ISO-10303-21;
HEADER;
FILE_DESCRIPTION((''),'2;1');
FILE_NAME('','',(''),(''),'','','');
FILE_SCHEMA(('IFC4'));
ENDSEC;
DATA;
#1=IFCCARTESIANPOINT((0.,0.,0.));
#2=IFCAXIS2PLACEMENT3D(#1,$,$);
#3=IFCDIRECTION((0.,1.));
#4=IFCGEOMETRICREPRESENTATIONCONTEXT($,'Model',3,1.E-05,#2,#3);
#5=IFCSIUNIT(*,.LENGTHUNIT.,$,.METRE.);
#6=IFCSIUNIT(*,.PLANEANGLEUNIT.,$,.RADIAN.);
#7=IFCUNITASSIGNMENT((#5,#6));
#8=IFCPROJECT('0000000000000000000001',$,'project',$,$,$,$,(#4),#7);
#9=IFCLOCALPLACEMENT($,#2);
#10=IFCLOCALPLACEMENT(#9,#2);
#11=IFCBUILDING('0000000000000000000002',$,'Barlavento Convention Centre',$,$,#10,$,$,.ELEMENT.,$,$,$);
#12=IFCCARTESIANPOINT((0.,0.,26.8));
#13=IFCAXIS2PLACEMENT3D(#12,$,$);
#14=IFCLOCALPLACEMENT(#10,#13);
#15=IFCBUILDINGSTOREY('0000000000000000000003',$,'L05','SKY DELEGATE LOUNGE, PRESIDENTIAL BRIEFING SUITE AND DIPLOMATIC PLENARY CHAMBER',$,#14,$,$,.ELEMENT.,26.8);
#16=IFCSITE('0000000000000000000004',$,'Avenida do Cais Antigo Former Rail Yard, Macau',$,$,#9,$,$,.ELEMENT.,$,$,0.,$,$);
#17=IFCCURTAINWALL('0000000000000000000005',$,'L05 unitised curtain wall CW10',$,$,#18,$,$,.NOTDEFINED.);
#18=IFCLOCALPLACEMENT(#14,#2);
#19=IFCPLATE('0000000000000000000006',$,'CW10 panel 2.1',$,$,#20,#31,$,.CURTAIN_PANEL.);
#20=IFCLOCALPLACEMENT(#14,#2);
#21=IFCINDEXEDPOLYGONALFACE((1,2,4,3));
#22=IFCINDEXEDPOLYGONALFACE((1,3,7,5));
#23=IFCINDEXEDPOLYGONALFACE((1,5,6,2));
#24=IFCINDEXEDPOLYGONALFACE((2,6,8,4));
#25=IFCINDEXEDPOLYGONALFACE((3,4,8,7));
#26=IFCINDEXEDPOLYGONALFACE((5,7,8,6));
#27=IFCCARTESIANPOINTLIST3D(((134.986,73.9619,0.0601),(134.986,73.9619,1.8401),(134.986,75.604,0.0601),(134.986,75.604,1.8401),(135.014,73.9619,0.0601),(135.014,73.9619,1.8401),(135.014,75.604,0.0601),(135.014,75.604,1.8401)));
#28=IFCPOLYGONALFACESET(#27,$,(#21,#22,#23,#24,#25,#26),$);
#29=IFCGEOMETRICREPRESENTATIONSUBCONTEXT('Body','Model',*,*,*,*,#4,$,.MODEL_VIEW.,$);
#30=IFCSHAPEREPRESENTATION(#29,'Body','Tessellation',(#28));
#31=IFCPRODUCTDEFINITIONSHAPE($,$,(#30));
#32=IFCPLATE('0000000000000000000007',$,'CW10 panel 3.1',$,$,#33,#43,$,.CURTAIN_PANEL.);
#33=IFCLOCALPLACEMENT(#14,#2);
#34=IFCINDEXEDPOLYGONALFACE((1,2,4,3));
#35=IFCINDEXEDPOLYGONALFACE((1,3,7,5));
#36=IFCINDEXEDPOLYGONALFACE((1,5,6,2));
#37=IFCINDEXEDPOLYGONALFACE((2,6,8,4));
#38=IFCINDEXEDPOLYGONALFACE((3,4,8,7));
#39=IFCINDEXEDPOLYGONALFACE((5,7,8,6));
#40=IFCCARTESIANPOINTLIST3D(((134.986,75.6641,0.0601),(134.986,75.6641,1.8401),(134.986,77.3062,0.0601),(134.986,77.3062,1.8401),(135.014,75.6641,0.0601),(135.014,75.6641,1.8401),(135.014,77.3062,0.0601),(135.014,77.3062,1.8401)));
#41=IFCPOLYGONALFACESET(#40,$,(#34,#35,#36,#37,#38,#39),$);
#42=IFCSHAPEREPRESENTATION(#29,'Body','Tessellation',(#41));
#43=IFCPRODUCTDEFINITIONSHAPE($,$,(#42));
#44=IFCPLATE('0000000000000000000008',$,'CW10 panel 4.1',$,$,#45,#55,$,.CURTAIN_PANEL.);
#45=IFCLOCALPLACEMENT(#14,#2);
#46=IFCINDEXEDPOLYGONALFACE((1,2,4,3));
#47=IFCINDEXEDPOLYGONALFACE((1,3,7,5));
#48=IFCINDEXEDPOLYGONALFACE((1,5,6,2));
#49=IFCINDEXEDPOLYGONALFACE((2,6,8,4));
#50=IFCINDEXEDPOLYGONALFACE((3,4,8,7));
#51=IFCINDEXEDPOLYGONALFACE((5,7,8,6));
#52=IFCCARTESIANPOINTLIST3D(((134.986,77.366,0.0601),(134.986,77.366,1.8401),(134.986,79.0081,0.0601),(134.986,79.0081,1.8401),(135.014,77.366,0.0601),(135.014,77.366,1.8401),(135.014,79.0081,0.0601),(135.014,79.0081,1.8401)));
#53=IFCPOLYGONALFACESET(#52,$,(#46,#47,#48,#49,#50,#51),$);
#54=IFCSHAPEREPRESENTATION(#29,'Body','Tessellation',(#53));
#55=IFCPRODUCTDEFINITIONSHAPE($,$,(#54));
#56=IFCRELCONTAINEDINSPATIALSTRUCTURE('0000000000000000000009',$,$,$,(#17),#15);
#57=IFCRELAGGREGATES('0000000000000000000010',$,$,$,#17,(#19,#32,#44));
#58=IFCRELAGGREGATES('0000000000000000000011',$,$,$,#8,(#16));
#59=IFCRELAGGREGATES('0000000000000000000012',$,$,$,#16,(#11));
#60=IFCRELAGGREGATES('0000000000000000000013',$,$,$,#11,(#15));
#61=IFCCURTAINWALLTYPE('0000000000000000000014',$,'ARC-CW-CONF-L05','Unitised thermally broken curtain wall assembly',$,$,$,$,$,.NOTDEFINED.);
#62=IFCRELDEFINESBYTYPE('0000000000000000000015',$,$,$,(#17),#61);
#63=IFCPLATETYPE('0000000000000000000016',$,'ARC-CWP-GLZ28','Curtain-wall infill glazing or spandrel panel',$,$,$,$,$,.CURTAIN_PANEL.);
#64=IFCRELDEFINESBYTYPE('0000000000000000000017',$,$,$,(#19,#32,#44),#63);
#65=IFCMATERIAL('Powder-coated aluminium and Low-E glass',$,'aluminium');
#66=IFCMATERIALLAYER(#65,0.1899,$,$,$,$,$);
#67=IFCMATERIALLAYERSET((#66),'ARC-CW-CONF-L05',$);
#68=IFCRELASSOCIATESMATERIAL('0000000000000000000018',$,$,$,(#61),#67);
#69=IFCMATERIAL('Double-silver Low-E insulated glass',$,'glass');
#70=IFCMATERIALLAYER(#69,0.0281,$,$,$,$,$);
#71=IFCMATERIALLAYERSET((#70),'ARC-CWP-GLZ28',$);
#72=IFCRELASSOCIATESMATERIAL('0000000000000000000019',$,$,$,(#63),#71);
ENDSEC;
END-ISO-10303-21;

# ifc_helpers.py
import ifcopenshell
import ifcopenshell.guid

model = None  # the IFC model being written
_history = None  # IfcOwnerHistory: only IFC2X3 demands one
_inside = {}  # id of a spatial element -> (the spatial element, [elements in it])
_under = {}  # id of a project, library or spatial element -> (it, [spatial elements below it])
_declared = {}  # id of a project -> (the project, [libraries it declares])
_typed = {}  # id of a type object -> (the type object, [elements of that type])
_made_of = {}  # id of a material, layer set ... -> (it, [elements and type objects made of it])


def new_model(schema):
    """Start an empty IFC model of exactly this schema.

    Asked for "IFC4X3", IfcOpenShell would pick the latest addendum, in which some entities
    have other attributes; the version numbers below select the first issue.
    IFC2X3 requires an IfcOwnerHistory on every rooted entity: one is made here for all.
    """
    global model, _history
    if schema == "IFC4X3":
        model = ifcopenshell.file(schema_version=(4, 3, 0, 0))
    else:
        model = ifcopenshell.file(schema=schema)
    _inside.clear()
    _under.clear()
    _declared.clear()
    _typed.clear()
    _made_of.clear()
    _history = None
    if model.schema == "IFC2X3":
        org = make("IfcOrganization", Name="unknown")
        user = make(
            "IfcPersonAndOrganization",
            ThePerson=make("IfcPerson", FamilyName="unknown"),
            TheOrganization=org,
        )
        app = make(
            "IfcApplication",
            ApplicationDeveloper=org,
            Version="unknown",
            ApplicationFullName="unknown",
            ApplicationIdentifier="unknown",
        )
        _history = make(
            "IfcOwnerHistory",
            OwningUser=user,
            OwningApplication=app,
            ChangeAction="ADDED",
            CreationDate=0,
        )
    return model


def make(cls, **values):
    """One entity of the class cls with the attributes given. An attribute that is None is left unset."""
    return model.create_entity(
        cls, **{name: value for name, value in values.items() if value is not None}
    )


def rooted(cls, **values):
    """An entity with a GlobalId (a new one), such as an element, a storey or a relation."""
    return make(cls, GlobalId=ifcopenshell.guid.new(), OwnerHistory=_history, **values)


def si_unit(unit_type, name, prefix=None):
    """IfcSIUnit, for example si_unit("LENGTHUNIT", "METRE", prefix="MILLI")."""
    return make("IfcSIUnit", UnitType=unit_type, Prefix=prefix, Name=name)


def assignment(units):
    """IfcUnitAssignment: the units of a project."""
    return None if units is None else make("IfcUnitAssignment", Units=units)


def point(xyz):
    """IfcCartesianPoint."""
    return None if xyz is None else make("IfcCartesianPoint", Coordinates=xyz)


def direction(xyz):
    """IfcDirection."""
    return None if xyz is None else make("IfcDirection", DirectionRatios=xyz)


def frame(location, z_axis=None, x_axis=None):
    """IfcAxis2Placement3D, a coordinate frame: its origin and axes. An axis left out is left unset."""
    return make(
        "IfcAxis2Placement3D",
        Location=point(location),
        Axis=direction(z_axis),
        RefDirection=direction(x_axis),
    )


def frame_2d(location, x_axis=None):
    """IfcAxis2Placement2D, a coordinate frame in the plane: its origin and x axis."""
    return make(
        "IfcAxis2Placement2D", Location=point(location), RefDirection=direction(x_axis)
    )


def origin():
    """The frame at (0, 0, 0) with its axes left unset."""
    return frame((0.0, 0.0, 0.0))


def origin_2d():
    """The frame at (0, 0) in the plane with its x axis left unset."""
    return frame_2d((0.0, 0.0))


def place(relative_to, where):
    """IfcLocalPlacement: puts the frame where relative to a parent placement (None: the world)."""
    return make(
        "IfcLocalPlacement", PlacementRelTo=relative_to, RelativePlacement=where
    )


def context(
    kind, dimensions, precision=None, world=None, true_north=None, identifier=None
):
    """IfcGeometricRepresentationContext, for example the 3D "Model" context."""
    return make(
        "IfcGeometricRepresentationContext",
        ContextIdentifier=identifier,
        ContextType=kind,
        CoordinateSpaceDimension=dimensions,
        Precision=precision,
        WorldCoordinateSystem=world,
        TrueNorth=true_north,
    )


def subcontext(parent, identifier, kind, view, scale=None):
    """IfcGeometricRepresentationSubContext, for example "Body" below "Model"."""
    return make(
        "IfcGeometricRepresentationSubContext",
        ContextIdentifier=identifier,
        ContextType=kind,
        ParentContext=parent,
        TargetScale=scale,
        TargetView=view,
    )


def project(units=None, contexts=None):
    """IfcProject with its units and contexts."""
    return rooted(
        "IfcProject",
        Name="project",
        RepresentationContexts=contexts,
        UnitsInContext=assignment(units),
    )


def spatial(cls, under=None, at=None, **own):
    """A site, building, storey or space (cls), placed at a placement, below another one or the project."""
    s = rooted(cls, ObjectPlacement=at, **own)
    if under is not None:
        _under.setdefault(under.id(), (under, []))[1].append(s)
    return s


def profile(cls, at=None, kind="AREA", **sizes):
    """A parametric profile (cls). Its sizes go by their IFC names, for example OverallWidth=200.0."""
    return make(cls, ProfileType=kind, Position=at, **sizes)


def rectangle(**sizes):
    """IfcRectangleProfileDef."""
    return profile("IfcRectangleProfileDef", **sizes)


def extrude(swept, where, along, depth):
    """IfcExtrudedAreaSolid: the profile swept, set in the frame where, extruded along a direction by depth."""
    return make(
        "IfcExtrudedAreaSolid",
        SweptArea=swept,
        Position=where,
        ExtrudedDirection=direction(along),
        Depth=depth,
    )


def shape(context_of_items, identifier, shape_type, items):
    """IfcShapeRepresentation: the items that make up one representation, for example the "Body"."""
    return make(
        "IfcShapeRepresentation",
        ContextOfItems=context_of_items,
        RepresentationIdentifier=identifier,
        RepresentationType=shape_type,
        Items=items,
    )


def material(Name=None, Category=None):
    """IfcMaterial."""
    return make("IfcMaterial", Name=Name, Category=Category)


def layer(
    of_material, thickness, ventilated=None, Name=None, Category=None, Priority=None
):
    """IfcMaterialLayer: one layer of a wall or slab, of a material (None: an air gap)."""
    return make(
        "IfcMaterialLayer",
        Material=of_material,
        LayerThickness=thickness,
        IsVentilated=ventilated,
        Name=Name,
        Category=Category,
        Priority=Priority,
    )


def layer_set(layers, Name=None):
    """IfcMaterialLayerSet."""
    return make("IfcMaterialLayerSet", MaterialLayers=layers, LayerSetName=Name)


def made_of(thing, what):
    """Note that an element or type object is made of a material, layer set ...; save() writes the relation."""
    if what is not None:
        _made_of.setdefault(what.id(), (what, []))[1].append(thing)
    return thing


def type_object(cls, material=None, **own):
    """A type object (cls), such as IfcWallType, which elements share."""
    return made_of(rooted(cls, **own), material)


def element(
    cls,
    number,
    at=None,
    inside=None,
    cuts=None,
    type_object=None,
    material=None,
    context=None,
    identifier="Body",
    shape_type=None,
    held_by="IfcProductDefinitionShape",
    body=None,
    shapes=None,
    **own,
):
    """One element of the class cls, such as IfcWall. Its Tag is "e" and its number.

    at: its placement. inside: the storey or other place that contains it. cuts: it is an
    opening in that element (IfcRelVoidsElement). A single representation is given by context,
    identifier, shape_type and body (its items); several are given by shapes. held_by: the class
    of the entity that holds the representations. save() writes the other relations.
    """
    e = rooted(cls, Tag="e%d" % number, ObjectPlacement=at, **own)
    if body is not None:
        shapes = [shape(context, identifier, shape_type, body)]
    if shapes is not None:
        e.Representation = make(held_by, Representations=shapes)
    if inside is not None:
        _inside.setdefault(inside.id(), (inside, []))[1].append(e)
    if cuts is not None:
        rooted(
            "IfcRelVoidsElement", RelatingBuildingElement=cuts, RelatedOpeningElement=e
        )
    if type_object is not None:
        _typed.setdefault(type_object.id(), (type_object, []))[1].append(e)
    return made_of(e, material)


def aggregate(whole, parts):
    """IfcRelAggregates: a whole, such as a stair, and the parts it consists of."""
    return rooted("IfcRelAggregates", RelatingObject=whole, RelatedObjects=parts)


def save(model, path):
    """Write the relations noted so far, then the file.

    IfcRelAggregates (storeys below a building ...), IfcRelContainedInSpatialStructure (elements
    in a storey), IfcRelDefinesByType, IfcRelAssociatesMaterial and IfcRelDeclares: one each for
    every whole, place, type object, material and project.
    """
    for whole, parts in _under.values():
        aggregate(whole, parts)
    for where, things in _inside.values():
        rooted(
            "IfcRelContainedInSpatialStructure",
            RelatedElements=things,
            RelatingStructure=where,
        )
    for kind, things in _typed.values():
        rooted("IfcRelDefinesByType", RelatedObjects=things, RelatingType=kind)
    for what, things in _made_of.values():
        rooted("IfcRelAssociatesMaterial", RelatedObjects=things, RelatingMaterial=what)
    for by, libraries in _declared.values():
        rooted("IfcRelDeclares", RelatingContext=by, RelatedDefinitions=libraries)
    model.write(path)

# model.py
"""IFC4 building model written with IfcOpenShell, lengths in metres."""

from ifc_helpers import new_model, si_unit, direction, frame, origin, origin_2d, place, context, subcontext, project, spatial, rectangle, extrude, material, layer, layer_set, type_object, element, aggregate, save


model = new_model("IFC4")

# Units and contexts
model_context = context("Model", 3, precision=1e-05, world=origin(), true_north=direction((0.0, 1.0)))
body_context = subcontext(model_context, "Body", "Model", "MODEL_VIEW")
ifc_project = project(units=[si_unit("LENGTHUNIT", "METRE"), si_unit("PLANEANGLEUNIT", "RADIAN")], contexts=[model_context])

# Site, building, storey
site_placement = place(None, origin())
site = spatial("IfcSite", under=ifc_project, at=site_placement, Name="Avenida do Cais Antigo Former Rail Yard, Macau", CompositionType="ELEMENT", RefElevation=0.0)
building_placement = place(site_placement, origin())
building = spatial("IfcBuilding", under=site, at=building_placement, Name="Barlavento Convention Centre", CompositionType="ELEMENT")
storey_placement = place(building_placement, frame((0.0, 0.0, 26.8)))
storey = spatial("IfcBuildingStorey", under=building, at=storey_placement, Name="L05", Description="SKY DELEGATE LOUNGE, PRESIDENTIAL BRIEFING SUITE AND DIPLOMATIC PLENARY CHAMBER", CompositionType="ELEMENT", Elevation=26.8)

# Curtain wall
ifc_material_1 = material(Name="Powder-coated aluminium and Low-E glass", Category="aluminium")
ifc_layer_1 = layer(ifc_material_1, 0.1899)
ifc_layer_set_1 = layer_set([ifc_layer_1], Name="ARC-CW-CONF-L05")
curtain_wall_type = type_object("IfcCurtainWallType", Name="ARC-CW-CONF-L05", Description="Unitised thermally broken curtain wall assembly", PredefinedType="NOTDEFINED", material=ifc_layer_set_1)
curtain_wall_placement = place(storey_placement, origin())
curtain_wall = element("IfcCurtainWall", 1, at=curtain_wall_placement, inside=storey, type_object=curtain_wall_type, Name="L05 unitised curtain wall CW10", PredefinedType="NOTDEFINED")

# Plates
ifc_material_2 = material(Name="Double-silver Low-E insulated glass", Category="glass")
ifc_layer_2 = layer(ifc_material_2, 0.0281)
ifc_layer_set_2 = layer_set([ifc_layer_2], Name="ARC-CWP-GLZ28")
plate_type = type_object("IfcPlateType", Name="ARC-CWP-GLZ28", Description="Curtain-wall infill glazing or spandrel panel", PredefinedType="CURTAIN_PANEL", material=ifc_layer_set_2)
plate_1_placement = place(storey_placement, frame((135.0, 74.783, 0.0601), z_axis=(0.0, 0.0, 1.0), x_axis=(0.0, 1.0, 0.0)))
plate_1 = element("IfcPlate", 2, at=plate_1_placement, type_object=plate_type, Name="CW10 panel 2.1", PredefinedType="CURTAIN_PANEL", context=body_context, shape_type="SweptSolid", body=[
    extrude(rectangle(XDim=1.6421, YDim=0.0281, at=origin_2d()), origin(), (0.0, 0.0, 1.0), 1.78),
])
plate_2_placement = place(storey_placement, frame((135.0, 76.4851, 0.0601), z_axis=(0.0, 0.0, 1.0), x_axis=(0.0, 1.0, 0.0)))
plate_2 = element("IfcPlate", 3, at=plate_2_placement, type_object=plate_type, Name="CW10 panel 3.1", PredefinedType="CURTAIN_PANEL", context=body_context, shape_type="SweptSolid", body=[
    extrude(rectangle(XDim=1.6421, YDim=0.0281, at=origin_2d()), origin(), (0.0, 0.0, 1.0), 1.78),
])
plate_3_placement = place(storey_placement, frame((135.0, 78.187, 0.0601), z_axis=(0.0, 0.0, 1.0), x_axis=(0.0, 1.0, 0.0)))
plate_3 = element("IfcPlate", 4, at=plate_3_placement, type_object=plate_type, Name="CW10 panel 4.1", PredefinedType="CURTAIN_PANEL", context=body_context, shape_type="SweptSolid", body=[
    extrude(rectangle(XDim=1.6421, YDim=0.0281, at=origin_2d()), origin(), (0.0, 0.0, 1.0), 1.78),
])
aggregate(curtain_wall, [plate_1, plate_2, plate_3])

save(model, "model.ifc")
